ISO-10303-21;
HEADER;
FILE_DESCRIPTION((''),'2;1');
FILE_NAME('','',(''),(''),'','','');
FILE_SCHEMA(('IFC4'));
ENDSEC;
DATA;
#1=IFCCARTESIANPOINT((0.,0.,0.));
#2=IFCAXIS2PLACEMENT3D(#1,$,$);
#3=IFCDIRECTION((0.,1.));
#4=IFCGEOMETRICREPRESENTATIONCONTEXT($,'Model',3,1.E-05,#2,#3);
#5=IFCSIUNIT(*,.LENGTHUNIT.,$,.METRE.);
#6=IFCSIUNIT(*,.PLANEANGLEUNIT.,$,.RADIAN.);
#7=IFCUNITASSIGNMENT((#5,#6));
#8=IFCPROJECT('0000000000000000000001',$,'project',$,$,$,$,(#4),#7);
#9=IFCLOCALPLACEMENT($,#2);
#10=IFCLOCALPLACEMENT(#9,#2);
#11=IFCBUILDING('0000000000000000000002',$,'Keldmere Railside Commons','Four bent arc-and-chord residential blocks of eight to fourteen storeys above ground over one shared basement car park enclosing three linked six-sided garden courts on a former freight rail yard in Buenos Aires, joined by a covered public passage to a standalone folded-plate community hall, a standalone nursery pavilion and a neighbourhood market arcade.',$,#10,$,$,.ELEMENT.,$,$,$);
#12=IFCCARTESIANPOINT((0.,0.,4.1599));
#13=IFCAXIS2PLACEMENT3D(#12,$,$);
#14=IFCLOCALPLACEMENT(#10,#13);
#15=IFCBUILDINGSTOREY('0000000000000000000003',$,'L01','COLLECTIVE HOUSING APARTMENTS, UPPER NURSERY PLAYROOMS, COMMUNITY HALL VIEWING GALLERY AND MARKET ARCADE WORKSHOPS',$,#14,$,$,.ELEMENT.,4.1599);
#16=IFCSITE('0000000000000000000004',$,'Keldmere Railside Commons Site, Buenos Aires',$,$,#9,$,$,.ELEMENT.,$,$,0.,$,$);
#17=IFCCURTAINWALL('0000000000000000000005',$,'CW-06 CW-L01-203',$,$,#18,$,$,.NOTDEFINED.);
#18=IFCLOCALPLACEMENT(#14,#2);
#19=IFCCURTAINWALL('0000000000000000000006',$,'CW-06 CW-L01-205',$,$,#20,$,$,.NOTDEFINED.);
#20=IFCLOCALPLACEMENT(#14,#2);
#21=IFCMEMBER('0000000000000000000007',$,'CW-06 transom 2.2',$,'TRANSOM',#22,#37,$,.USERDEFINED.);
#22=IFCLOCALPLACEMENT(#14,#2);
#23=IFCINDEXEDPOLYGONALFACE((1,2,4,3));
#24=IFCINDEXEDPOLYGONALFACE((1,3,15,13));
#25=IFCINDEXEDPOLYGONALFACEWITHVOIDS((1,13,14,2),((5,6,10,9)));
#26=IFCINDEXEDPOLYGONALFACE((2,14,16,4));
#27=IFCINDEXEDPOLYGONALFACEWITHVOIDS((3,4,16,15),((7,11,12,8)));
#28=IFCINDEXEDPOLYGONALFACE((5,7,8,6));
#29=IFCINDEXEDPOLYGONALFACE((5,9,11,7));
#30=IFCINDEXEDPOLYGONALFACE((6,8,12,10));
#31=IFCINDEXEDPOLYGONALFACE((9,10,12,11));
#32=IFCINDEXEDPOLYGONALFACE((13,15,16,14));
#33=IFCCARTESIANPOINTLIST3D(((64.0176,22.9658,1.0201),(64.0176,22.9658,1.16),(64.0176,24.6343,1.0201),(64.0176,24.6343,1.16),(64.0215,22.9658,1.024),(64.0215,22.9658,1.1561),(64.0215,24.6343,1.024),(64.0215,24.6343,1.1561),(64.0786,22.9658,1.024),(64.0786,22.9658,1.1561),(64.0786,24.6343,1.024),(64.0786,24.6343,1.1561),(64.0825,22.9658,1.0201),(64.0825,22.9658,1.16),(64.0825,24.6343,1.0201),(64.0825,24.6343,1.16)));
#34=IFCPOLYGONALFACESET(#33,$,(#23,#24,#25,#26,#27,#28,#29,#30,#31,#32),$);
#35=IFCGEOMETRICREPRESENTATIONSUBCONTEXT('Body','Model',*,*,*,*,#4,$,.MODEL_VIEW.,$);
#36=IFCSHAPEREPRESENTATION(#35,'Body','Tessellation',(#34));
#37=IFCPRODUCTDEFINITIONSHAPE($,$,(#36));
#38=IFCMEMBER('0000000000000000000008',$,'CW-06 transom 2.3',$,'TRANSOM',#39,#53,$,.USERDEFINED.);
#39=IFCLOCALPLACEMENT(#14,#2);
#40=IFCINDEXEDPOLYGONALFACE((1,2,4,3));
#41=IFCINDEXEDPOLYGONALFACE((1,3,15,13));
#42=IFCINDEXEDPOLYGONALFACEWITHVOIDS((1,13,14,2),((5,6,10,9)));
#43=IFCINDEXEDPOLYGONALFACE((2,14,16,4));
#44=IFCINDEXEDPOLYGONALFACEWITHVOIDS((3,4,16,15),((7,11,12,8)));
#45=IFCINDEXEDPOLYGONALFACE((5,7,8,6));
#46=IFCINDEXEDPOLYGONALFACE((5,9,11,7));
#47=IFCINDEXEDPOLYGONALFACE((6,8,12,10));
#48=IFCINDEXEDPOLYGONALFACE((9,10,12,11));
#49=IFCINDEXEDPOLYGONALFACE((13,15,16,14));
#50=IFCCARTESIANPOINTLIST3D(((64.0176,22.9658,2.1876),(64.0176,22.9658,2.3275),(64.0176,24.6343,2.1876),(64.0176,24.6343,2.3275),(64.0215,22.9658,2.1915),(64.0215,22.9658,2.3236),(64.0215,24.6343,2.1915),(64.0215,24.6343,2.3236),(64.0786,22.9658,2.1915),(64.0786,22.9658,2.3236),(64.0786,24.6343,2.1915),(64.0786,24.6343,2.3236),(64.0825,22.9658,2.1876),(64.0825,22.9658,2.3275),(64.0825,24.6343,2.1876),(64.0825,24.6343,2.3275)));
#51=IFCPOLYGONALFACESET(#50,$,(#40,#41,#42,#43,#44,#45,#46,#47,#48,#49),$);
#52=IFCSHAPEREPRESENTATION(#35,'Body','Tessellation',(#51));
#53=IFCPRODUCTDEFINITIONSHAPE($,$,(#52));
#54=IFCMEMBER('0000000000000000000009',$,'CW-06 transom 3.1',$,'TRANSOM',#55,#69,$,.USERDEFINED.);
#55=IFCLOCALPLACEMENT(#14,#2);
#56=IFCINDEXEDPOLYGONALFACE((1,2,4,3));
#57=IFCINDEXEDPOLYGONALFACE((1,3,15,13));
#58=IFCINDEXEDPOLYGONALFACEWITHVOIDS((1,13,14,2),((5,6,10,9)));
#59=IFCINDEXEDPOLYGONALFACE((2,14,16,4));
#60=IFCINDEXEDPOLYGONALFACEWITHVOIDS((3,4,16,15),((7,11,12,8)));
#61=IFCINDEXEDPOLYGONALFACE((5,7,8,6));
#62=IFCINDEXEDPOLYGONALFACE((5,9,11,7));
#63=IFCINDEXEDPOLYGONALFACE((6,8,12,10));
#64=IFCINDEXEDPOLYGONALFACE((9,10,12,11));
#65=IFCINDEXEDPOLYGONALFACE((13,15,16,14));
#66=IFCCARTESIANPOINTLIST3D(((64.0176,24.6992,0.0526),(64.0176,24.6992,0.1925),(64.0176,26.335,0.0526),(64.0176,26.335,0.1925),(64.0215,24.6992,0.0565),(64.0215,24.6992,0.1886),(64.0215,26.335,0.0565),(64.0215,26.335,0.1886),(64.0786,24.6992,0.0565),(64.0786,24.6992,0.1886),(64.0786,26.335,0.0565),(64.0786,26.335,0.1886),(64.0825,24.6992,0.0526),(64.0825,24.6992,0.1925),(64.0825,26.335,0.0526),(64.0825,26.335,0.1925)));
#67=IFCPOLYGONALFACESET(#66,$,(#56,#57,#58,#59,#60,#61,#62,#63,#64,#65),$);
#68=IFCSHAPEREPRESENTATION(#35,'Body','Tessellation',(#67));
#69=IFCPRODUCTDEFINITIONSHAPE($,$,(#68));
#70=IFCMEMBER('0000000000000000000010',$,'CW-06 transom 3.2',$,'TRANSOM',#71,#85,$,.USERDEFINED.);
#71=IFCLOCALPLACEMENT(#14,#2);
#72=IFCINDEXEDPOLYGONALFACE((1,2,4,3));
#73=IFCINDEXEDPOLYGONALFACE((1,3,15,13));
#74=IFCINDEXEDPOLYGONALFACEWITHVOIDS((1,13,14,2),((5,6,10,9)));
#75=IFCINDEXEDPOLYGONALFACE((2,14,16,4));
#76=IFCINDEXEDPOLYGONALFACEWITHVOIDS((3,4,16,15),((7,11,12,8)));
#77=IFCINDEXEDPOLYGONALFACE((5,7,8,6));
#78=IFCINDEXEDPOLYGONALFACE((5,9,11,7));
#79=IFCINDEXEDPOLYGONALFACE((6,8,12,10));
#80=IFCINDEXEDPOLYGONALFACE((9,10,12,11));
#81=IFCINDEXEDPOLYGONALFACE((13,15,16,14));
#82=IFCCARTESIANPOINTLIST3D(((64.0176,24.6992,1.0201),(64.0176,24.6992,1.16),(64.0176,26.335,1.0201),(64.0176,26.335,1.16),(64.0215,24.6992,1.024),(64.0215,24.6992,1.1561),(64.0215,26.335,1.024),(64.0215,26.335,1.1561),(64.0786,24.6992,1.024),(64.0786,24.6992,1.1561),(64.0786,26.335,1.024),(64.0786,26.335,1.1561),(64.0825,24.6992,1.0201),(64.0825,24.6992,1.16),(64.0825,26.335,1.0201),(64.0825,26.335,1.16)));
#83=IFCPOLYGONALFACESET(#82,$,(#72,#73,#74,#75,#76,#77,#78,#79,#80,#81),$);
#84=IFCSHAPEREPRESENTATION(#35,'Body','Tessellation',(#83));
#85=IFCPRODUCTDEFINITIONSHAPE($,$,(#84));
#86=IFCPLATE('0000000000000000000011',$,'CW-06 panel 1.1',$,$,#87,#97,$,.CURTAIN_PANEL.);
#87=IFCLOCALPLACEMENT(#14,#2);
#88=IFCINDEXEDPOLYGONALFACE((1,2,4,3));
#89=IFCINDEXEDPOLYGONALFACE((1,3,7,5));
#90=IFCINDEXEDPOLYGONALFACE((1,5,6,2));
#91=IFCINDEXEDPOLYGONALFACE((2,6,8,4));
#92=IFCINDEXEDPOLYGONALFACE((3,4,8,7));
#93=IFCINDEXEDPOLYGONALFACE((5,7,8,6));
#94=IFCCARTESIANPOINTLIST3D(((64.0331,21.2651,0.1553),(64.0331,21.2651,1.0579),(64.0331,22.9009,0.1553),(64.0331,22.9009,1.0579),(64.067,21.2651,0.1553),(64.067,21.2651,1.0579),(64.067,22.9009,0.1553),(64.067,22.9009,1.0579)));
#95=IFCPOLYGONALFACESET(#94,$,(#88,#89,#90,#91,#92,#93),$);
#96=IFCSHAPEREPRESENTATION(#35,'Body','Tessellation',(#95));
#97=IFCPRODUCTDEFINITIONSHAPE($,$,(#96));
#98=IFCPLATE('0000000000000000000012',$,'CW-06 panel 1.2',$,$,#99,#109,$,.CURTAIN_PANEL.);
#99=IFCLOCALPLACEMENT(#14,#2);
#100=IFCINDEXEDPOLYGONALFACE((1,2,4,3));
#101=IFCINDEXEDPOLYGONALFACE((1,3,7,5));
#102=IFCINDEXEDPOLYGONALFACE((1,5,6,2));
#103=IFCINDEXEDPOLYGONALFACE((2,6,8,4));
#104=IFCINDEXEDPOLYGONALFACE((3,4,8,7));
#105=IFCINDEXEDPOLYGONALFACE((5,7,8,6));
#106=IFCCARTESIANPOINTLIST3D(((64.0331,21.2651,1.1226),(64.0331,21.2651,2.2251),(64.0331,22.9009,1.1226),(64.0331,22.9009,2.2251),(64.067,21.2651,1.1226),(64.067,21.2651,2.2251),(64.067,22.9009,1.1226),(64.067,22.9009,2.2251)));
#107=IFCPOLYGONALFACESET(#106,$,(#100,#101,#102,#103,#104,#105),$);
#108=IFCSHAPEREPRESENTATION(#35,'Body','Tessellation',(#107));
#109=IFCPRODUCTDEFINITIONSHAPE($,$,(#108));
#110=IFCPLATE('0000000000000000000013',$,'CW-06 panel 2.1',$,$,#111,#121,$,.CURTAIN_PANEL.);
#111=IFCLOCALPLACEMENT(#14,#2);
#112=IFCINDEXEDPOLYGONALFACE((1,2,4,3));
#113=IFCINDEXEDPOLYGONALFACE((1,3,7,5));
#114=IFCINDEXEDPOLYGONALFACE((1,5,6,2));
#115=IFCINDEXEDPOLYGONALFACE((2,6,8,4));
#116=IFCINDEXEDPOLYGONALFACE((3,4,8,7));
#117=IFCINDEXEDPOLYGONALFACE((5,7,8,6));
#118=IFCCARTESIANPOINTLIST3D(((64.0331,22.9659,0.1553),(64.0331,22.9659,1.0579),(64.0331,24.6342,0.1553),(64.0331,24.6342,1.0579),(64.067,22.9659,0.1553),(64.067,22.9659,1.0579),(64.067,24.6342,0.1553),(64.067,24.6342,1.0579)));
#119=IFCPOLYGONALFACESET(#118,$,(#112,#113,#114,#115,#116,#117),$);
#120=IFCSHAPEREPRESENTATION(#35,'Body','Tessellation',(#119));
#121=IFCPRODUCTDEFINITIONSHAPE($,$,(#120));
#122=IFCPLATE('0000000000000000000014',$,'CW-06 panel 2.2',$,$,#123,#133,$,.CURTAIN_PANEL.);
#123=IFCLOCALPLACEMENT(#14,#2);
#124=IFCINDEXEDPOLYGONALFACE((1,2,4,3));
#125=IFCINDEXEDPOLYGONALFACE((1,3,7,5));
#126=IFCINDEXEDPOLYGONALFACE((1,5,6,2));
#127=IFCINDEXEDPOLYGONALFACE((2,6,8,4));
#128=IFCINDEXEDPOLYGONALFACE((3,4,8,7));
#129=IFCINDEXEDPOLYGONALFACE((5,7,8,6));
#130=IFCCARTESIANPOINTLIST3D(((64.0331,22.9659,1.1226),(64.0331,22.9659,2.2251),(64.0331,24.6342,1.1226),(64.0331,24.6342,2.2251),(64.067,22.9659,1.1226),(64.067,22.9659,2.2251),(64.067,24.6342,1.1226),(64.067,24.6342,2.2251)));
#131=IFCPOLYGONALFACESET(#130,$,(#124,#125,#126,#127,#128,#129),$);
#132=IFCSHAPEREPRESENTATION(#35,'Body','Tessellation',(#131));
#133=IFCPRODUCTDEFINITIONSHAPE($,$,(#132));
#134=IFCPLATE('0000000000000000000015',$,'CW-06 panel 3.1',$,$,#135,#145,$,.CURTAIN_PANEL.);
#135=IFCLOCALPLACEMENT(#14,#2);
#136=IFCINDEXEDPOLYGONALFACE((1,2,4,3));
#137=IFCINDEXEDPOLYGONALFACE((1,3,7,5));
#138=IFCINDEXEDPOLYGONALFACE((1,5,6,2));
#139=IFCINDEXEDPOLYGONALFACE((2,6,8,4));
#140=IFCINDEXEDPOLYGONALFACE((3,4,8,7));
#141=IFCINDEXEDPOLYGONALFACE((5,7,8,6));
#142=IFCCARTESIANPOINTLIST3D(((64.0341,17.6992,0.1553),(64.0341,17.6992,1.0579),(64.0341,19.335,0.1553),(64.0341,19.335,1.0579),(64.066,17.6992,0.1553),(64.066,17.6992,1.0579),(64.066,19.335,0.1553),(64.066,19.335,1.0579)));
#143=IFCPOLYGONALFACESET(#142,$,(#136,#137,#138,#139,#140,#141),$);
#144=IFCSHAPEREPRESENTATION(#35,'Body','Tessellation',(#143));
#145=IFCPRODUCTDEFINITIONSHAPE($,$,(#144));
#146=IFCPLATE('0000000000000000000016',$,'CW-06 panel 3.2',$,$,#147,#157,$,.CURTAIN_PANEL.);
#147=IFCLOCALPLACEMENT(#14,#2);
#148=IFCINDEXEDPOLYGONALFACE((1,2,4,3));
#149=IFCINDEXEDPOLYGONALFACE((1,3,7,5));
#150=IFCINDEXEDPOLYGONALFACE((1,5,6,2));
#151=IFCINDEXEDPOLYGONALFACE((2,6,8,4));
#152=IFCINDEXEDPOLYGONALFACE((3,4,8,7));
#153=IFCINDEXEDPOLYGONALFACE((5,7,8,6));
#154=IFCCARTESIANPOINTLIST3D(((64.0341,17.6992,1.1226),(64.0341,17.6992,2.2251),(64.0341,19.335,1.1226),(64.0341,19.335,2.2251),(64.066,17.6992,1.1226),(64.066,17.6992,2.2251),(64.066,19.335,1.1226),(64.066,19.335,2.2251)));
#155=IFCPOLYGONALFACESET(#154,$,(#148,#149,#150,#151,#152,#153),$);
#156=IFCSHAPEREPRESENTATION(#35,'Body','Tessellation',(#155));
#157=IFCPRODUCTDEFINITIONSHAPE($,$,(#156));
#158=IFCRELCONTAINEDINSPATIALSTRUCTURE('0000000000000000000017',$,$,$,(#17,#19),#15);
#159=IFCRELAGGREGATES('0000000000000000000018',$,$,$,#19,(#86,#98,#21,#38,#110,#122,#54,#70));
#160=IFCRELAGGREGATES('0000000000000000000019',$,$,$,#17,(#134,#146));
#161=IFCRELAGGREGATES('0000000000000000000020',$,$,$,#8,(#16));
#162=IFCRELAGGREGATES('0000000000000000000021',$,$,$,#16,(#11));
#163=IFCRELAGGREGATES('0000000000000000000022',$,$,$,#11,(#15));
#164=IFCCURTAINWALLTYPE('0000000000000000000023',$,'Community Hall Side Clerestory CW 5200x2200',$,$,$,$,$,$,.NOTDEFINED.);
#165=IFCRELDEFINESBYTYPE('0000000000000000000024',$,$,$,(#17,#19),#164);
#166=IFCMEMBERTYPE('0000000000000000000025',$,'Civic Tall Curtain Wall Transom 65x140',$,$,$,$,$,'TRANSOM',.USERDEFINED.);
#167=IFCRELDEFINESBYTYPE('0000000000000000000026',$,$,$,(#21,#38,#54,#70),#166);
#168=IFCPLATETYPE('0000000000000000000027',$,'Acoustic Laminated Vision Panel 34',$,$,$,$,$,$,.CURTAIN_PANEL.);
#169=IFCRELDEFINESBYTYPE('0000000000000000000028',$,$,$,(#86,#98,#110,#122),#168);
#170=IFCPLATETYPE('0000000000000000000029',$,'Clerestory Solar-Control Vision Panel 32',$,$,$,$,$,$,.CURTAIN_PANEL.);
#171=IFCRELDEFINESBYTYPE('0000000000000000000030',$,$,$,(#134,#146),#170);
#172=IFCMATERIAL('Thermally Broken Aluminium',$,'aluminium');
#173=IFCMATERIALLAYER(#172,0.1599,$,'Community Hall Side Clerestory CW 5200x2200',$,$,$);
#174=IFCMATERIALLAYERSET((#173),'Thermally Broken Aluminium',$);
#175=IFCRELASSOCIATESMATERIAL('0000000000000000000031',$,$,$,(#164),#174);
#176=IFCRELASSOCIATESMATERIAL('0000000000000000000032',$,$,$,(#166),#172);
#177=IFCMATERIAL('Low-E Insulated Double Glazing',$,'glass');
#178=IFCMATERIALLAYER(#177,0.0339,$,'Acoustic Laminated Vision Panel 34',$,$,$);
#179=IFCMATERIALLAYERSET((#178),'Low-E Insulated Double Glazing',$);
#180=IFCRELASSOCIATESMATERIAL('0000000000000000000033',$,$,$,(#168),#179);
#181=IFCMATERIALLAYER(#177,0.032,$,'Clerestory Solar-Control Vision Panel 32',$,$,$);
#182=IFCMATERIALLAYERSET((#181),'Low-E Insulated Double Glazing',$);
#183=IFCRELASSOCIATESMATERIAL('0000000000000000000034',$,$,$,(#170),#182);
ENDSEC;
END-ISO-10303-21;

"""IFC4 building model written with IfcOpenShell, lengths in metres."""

from ifc_helpers import new_model, si_unit, direction, frame, origin, origin_2d, place, context, subcontext, project, spatial, rectangle, hollow_rectangle, extrude, material, layer, layer_set, material_profile, profile_set, type_object, element, aggregate, save


model = new_model("IFC4")

# Units and contexts
model_context = context("Model", 3, precision=1e-05, world=origin(), true_north=direction((0.0, 1.0)))
body_context = subcontext(model_context, "Body", "Model", "MODEL_VIEW")
ifc_project = project(units=[si_unit("LENGTHUNIT", "METRE"), si_unit("PLANEANGLEUNIT", "RADIAN")], contexts=[model_context])

# Site, building, storey
site_placement = place(None, origin())
site = spatial("IfcSite", under=ifc_project, at=site_placement, Name="Keldmere Railside Commons Site, Buenos Aires", CompositionType="ELEMENT", RefElevation=0.0)
building_placement = place(site_placement, origin())
building = spatial("IfcBuilding", under=site, at=building_placement, Name="Keldmere Railside Commons", Description="Four bent arc-and-chord residential blocks of eight to fourteen storeys above ground over one shared basement car park enclosing three linked six-sided garden courts on a former freight rail yard in Buenos Aires, joined by a covered public passage to a standalone folded-plate community hall, a standalone nursery pavilion and a neighbourhood market arcade.", CompositionType="ELEMENT")
storey_placement = place(building_placement, frame((0.0, 0.0, 4.1599)))
storey = spatial("IfcBuildingStorey", under=building, at=storey_placement, Name="L01", Description="COLLECTIVE HOUSING APARTMENTS, UPPER NURSERY PLAYROOMS, COMMUNITY HALL VIEWING GALLERY AND MARKET ARCADE WORKSHOPS", CompositionType="ELEMENT", Elevation=4.1599)

# Curtain wall
ifc_material_1 = material(Name="Thermally Broken Aluminium", Category="aluminium")
ifc_layer_1 = layer(ifc_material_1, 0.1599, Name="Community Hall Side Clerestory CW 5200x2200")
ifc_layer_set_1 = layer_set([ifc_layer_1], Name="Thermally Broken Aluminium")
curtain_wall_type = type_object("IfcCurtainWallType", Name="Community Hall Side Clerestory CW 5200x2200", PredefinedType="NOTDEFINED", material=ifc_layer_set_1)
curtain_wall_1_placement = place(storey_placement, origin())
curtain_wall_1 = element("IfcCurtainWall", 1, at=curtain_wall_1_placement, inside=storey, type_object=curtain_wall_type, Name="CW-06 CW-L01-203", PredefinedType="NOTDEFINED")

# Curtain wall
curtain_wall_2_placement = place(storey_placement, origin())
curtain_wall_2 = element("IfcCurtainWall", 2, at=curtain_wall_2_placement, inside=storey, type_object=curtain_wall_type, Name="CW-06 CW-L01-205", PredefinedType="NOTDEFINED")

# Members
ifc_material_profile_1 = material_profile(ifc_material_1, hollow_rectangle(XDim=0.0649, YDim=0.1399, WallThickness=0.0039, at=origin_2d()), Name="ALU-TRAN-65x140")
ifc_profile_set_1 = profile_set([ifc_material_profile_1], Name="Thermally Broken Aluminium")
member_type_1 = type_object("IfcMemberType", Name="Civic Tall Curtain Wall Transom 65x140", ElementType="TRANSOM", PredefinedType="USERDEFINED", material=ifc_profile_set_1)
member_1_placement = place(storey_placement, frame((64.05, 22.9658, 1.0901), z_axis=(0.0, 1.0, 0.0), x_axis=(-1.0, 0.0, 0.0)))
member_1 = element("IfcMember", 3, at=member_1_placement, type_object=member_type_1, Name="CW-06 transom 2.2", ObjectType="TRANSOM", PredefinedType="USERDEFINED", context=body_context, shape_type="SweptSolid", body=[
    extrude(hollow_rectangle(XDim=0.0649, YDim=0.1399, WallThickness=0.0039, at=origin_2d()), origin(), (0.0, 0.0, 1.0), 1.6685),
])
member_2_placement = place(storey_placement, frame((64.05, 22.9658, 2.2576), z_axis=(0.0, 1.0, 0.0), x_axis=(-1.0, 0.0, 0.0)))
member_2 = element("IfcMember", 4, at=member_2_placement, type_object=member_type_1, Name="CW-06 transom 2.3", ObjectType="TRANSOM", PredefinedType="USERDEFINED", context=body_context, shape_type="SweptSolid", body=[
    extrude(hollow_rectangle(XDim=0.0649, YDim=0.1399, WallThickness=0.0039, at=origin_2d()), origin(), (0.0, 0.0, 1.0), 1.6685),
])
member_3_placement = place(storey_placement, frame((64.05, 24.6992, 0.1226), z_axis=(0.0, 1.0, 0.0), x_axis=(-1.0, 0.0, 0.0)))
member_3 = element("IfcMember", 5, at=member_3_placement, type_object=member_type_1, Name="CW-06 transom 3.1", ObjectType="TRANSOM", PredefinedType="USERDEFINED", context=body_context, shape_type="SweptSolid", body=[
    extrude(hollow_rectangle(XDim=0.0649, YDim=0.1399, WallThickness=0.0039, at=origin_2d()), origin(), (0.0, 0.0, 1.0), 1.6357),
])
member_4_placement = place(storey_placement, frame((64.05, 24.6992, 1.0901), z_axis=(0.0, 1.0, 0.0), x_axis=(-1.0, 0.0, 0.0)))
member_4 = element("IfcMember", 6, at=member_4_placement, type_object=member_type_1, Name="CW-06 transom 3.2", ObjectType="TRANSOM", PredefinedType="USERDEFINED", context=body_context, shape_type="SweptSolid", body=[
    extrude(hollow_rectangle(XDim=0.0649, YDim=0.1399, WallThickness=0.0039, at=origin_2d()), origin(), (0.0, 0.0, 1.0), 1.6357),
])

# Plates
ifc_material_2 = material(Name="Low-E Insulated Double Glazing", Category="glass")
ifc_layer_2 = layer(ifc_material_2, 0.0339, Name="Acoustic Laminated Vision Panel 34")
ifc_layer_set_2 = layer_set([ifc_layer_2], Name="Low-E Insulated Double Glazing")
plate_type_1 = type_object("IfcPlateType", Name="Acoustic Laminated Vision Panel 34", PredefinedType="CURTAIN_PANEL", material=ifc_layer_set_2)
plate_1_placement = place(storey_placement, frame((64.05, 22.083, 0.1553), z_axis=(0.0, 0.0, 1.0), x_axis=(0.0, 1.0, 0.0)))
plate_1 = element("IfcPlate", 7, at=plate_1_placement, type_object=plate_type_1, Name="CW-06 panel 1.1", PredefinedType="CURTAIN_PANEL", context=body_context, shape_type="SweptSolid", body=[
    extrude(rectangle(XDim=1.6357, YDim=0.0339, at=origin_2d()), origin(), (0.0, 0.0, 1.0), 0.9026),
])
plate_2_placement = place(storey_placement, frame((64.05, 22.083, 1.1226), z_axis=(0.0, 0.0, 1.0), x_axis=(0.0, 1.0, 0.0)))
plate_2 = element("IfcPlate", 8, at=plate_2_placement, type_object=plate_type_1, Name="CW-06 panel 1.2", PredefinedType="CURTAIN_PANEL", context=body_context, shape_type="SweptSolid", body=[
    extrude(rectangle(XDim=1.6357, YDim=0.0339, at=origin_2d()), origin(), (0.0, 0.0, 1.0), 1.1025),
])
plate_3_placement = place(storey_placement, frame((64.05, 23.8, 0.1553), z_axis=(0.0, 0.0, 1.0), x_axis=(0.0, 1.0, 0.0)))
plate_3 = element("IfcPlate", 9, at=plate_3_placement, type_object=plate_type_1, Name="CW-06 panel 2.1", PredefinedType="CURTAIN_PANEL", context=body_context, shape_type="SweptSolid", body=[
    extrude(rectangle(XDim=1.6682, YDim=0.0339, at=origin_2d()), origin(), (0.0, 0.0, 1.0), 0.9026),
])
plate_4_placement = place(storey_placement, frame((64.05, 23.8, 1.1226), z_axis=(0.0, 0.0, 1.0), x_axis=(0.0, 1.0, 0.0)))
plate_4 = element("IfcPlate", 10, at=plate_4_placement, type_object=plate_type_1, Name="CW-06 panel 2.2", PredefinedType="CURTAIN_PANEL", context=body_context, shape_type="SweptSolid", body=[
    extrude(rectangle(XDim=1.6682, YDim=0.0339, at=origin_2d()), origin(), (0.0, 0.0, 1.0), 1.1025),
])
aggregate(curtain_wall_2, [plate_1, plate_2, member_1, member_2, plate_3, plate_4, member_3, member_4])
ifc_layer_3 = layer(ifc_material_2, 0.032, Name="Clerestory Solar-Control Vision Panel 32")
ifc_layer_set_3 = layer_set([ifc_layer_3], Name="Low-E Insulated Double Glazing")
plate_type_2 = type_object("IfcPlateType", Name="Clerestory Solar-Control Vision Panel 32", PredefinedType="CURTAIN_PANEL", material=ifc_layer_set_3)
plate_5_placement = place(storey_placement, frame((64.05, 18.5171, 0.1553), z_axis=(0.0, 0.0, 1.0), x_axis=(0.0, 1.0, 0.0)))
plate_5 = element("IfcPlate", 11, at=plate_5_placement, type_object=plate_type_2, Name="CW-06 panel 3.1", PredefinedType="CURTAIN_PANEL", context=body_context, shape_type="SweptSolid", body=[
    extrude(rectangle(XDim=1.6357, YDim=0.032, at=origin_2d()), origin(), (0.0, 0.0, 1.0), 0.9026),
])
plate_6_placement = place(storey_placement, frame((64.05, 18.5171, 1.1226), z_axis=(0.0, 0.0, 1.0), x_axis=(0.0, 1.0, 0.0)))
plate_6 = element("IfcPlate", 12, at=plate_6_placement, type_object=plate_type_2, Name="CW-06 panel 3.2", PredefinedType="CURTAIN_PANEL", context=body_context, shape_type="SweptSolid", body=[
    extrude(rectangle(XDim=1.6357, YDim=0.032, at=origin_2d()), origin(), (0.0, 0.0, 1.0), 1.1025),
])
aggregate(curtain_wall_1, [plate_5, plate_6])

save(model, "model.ifc")
